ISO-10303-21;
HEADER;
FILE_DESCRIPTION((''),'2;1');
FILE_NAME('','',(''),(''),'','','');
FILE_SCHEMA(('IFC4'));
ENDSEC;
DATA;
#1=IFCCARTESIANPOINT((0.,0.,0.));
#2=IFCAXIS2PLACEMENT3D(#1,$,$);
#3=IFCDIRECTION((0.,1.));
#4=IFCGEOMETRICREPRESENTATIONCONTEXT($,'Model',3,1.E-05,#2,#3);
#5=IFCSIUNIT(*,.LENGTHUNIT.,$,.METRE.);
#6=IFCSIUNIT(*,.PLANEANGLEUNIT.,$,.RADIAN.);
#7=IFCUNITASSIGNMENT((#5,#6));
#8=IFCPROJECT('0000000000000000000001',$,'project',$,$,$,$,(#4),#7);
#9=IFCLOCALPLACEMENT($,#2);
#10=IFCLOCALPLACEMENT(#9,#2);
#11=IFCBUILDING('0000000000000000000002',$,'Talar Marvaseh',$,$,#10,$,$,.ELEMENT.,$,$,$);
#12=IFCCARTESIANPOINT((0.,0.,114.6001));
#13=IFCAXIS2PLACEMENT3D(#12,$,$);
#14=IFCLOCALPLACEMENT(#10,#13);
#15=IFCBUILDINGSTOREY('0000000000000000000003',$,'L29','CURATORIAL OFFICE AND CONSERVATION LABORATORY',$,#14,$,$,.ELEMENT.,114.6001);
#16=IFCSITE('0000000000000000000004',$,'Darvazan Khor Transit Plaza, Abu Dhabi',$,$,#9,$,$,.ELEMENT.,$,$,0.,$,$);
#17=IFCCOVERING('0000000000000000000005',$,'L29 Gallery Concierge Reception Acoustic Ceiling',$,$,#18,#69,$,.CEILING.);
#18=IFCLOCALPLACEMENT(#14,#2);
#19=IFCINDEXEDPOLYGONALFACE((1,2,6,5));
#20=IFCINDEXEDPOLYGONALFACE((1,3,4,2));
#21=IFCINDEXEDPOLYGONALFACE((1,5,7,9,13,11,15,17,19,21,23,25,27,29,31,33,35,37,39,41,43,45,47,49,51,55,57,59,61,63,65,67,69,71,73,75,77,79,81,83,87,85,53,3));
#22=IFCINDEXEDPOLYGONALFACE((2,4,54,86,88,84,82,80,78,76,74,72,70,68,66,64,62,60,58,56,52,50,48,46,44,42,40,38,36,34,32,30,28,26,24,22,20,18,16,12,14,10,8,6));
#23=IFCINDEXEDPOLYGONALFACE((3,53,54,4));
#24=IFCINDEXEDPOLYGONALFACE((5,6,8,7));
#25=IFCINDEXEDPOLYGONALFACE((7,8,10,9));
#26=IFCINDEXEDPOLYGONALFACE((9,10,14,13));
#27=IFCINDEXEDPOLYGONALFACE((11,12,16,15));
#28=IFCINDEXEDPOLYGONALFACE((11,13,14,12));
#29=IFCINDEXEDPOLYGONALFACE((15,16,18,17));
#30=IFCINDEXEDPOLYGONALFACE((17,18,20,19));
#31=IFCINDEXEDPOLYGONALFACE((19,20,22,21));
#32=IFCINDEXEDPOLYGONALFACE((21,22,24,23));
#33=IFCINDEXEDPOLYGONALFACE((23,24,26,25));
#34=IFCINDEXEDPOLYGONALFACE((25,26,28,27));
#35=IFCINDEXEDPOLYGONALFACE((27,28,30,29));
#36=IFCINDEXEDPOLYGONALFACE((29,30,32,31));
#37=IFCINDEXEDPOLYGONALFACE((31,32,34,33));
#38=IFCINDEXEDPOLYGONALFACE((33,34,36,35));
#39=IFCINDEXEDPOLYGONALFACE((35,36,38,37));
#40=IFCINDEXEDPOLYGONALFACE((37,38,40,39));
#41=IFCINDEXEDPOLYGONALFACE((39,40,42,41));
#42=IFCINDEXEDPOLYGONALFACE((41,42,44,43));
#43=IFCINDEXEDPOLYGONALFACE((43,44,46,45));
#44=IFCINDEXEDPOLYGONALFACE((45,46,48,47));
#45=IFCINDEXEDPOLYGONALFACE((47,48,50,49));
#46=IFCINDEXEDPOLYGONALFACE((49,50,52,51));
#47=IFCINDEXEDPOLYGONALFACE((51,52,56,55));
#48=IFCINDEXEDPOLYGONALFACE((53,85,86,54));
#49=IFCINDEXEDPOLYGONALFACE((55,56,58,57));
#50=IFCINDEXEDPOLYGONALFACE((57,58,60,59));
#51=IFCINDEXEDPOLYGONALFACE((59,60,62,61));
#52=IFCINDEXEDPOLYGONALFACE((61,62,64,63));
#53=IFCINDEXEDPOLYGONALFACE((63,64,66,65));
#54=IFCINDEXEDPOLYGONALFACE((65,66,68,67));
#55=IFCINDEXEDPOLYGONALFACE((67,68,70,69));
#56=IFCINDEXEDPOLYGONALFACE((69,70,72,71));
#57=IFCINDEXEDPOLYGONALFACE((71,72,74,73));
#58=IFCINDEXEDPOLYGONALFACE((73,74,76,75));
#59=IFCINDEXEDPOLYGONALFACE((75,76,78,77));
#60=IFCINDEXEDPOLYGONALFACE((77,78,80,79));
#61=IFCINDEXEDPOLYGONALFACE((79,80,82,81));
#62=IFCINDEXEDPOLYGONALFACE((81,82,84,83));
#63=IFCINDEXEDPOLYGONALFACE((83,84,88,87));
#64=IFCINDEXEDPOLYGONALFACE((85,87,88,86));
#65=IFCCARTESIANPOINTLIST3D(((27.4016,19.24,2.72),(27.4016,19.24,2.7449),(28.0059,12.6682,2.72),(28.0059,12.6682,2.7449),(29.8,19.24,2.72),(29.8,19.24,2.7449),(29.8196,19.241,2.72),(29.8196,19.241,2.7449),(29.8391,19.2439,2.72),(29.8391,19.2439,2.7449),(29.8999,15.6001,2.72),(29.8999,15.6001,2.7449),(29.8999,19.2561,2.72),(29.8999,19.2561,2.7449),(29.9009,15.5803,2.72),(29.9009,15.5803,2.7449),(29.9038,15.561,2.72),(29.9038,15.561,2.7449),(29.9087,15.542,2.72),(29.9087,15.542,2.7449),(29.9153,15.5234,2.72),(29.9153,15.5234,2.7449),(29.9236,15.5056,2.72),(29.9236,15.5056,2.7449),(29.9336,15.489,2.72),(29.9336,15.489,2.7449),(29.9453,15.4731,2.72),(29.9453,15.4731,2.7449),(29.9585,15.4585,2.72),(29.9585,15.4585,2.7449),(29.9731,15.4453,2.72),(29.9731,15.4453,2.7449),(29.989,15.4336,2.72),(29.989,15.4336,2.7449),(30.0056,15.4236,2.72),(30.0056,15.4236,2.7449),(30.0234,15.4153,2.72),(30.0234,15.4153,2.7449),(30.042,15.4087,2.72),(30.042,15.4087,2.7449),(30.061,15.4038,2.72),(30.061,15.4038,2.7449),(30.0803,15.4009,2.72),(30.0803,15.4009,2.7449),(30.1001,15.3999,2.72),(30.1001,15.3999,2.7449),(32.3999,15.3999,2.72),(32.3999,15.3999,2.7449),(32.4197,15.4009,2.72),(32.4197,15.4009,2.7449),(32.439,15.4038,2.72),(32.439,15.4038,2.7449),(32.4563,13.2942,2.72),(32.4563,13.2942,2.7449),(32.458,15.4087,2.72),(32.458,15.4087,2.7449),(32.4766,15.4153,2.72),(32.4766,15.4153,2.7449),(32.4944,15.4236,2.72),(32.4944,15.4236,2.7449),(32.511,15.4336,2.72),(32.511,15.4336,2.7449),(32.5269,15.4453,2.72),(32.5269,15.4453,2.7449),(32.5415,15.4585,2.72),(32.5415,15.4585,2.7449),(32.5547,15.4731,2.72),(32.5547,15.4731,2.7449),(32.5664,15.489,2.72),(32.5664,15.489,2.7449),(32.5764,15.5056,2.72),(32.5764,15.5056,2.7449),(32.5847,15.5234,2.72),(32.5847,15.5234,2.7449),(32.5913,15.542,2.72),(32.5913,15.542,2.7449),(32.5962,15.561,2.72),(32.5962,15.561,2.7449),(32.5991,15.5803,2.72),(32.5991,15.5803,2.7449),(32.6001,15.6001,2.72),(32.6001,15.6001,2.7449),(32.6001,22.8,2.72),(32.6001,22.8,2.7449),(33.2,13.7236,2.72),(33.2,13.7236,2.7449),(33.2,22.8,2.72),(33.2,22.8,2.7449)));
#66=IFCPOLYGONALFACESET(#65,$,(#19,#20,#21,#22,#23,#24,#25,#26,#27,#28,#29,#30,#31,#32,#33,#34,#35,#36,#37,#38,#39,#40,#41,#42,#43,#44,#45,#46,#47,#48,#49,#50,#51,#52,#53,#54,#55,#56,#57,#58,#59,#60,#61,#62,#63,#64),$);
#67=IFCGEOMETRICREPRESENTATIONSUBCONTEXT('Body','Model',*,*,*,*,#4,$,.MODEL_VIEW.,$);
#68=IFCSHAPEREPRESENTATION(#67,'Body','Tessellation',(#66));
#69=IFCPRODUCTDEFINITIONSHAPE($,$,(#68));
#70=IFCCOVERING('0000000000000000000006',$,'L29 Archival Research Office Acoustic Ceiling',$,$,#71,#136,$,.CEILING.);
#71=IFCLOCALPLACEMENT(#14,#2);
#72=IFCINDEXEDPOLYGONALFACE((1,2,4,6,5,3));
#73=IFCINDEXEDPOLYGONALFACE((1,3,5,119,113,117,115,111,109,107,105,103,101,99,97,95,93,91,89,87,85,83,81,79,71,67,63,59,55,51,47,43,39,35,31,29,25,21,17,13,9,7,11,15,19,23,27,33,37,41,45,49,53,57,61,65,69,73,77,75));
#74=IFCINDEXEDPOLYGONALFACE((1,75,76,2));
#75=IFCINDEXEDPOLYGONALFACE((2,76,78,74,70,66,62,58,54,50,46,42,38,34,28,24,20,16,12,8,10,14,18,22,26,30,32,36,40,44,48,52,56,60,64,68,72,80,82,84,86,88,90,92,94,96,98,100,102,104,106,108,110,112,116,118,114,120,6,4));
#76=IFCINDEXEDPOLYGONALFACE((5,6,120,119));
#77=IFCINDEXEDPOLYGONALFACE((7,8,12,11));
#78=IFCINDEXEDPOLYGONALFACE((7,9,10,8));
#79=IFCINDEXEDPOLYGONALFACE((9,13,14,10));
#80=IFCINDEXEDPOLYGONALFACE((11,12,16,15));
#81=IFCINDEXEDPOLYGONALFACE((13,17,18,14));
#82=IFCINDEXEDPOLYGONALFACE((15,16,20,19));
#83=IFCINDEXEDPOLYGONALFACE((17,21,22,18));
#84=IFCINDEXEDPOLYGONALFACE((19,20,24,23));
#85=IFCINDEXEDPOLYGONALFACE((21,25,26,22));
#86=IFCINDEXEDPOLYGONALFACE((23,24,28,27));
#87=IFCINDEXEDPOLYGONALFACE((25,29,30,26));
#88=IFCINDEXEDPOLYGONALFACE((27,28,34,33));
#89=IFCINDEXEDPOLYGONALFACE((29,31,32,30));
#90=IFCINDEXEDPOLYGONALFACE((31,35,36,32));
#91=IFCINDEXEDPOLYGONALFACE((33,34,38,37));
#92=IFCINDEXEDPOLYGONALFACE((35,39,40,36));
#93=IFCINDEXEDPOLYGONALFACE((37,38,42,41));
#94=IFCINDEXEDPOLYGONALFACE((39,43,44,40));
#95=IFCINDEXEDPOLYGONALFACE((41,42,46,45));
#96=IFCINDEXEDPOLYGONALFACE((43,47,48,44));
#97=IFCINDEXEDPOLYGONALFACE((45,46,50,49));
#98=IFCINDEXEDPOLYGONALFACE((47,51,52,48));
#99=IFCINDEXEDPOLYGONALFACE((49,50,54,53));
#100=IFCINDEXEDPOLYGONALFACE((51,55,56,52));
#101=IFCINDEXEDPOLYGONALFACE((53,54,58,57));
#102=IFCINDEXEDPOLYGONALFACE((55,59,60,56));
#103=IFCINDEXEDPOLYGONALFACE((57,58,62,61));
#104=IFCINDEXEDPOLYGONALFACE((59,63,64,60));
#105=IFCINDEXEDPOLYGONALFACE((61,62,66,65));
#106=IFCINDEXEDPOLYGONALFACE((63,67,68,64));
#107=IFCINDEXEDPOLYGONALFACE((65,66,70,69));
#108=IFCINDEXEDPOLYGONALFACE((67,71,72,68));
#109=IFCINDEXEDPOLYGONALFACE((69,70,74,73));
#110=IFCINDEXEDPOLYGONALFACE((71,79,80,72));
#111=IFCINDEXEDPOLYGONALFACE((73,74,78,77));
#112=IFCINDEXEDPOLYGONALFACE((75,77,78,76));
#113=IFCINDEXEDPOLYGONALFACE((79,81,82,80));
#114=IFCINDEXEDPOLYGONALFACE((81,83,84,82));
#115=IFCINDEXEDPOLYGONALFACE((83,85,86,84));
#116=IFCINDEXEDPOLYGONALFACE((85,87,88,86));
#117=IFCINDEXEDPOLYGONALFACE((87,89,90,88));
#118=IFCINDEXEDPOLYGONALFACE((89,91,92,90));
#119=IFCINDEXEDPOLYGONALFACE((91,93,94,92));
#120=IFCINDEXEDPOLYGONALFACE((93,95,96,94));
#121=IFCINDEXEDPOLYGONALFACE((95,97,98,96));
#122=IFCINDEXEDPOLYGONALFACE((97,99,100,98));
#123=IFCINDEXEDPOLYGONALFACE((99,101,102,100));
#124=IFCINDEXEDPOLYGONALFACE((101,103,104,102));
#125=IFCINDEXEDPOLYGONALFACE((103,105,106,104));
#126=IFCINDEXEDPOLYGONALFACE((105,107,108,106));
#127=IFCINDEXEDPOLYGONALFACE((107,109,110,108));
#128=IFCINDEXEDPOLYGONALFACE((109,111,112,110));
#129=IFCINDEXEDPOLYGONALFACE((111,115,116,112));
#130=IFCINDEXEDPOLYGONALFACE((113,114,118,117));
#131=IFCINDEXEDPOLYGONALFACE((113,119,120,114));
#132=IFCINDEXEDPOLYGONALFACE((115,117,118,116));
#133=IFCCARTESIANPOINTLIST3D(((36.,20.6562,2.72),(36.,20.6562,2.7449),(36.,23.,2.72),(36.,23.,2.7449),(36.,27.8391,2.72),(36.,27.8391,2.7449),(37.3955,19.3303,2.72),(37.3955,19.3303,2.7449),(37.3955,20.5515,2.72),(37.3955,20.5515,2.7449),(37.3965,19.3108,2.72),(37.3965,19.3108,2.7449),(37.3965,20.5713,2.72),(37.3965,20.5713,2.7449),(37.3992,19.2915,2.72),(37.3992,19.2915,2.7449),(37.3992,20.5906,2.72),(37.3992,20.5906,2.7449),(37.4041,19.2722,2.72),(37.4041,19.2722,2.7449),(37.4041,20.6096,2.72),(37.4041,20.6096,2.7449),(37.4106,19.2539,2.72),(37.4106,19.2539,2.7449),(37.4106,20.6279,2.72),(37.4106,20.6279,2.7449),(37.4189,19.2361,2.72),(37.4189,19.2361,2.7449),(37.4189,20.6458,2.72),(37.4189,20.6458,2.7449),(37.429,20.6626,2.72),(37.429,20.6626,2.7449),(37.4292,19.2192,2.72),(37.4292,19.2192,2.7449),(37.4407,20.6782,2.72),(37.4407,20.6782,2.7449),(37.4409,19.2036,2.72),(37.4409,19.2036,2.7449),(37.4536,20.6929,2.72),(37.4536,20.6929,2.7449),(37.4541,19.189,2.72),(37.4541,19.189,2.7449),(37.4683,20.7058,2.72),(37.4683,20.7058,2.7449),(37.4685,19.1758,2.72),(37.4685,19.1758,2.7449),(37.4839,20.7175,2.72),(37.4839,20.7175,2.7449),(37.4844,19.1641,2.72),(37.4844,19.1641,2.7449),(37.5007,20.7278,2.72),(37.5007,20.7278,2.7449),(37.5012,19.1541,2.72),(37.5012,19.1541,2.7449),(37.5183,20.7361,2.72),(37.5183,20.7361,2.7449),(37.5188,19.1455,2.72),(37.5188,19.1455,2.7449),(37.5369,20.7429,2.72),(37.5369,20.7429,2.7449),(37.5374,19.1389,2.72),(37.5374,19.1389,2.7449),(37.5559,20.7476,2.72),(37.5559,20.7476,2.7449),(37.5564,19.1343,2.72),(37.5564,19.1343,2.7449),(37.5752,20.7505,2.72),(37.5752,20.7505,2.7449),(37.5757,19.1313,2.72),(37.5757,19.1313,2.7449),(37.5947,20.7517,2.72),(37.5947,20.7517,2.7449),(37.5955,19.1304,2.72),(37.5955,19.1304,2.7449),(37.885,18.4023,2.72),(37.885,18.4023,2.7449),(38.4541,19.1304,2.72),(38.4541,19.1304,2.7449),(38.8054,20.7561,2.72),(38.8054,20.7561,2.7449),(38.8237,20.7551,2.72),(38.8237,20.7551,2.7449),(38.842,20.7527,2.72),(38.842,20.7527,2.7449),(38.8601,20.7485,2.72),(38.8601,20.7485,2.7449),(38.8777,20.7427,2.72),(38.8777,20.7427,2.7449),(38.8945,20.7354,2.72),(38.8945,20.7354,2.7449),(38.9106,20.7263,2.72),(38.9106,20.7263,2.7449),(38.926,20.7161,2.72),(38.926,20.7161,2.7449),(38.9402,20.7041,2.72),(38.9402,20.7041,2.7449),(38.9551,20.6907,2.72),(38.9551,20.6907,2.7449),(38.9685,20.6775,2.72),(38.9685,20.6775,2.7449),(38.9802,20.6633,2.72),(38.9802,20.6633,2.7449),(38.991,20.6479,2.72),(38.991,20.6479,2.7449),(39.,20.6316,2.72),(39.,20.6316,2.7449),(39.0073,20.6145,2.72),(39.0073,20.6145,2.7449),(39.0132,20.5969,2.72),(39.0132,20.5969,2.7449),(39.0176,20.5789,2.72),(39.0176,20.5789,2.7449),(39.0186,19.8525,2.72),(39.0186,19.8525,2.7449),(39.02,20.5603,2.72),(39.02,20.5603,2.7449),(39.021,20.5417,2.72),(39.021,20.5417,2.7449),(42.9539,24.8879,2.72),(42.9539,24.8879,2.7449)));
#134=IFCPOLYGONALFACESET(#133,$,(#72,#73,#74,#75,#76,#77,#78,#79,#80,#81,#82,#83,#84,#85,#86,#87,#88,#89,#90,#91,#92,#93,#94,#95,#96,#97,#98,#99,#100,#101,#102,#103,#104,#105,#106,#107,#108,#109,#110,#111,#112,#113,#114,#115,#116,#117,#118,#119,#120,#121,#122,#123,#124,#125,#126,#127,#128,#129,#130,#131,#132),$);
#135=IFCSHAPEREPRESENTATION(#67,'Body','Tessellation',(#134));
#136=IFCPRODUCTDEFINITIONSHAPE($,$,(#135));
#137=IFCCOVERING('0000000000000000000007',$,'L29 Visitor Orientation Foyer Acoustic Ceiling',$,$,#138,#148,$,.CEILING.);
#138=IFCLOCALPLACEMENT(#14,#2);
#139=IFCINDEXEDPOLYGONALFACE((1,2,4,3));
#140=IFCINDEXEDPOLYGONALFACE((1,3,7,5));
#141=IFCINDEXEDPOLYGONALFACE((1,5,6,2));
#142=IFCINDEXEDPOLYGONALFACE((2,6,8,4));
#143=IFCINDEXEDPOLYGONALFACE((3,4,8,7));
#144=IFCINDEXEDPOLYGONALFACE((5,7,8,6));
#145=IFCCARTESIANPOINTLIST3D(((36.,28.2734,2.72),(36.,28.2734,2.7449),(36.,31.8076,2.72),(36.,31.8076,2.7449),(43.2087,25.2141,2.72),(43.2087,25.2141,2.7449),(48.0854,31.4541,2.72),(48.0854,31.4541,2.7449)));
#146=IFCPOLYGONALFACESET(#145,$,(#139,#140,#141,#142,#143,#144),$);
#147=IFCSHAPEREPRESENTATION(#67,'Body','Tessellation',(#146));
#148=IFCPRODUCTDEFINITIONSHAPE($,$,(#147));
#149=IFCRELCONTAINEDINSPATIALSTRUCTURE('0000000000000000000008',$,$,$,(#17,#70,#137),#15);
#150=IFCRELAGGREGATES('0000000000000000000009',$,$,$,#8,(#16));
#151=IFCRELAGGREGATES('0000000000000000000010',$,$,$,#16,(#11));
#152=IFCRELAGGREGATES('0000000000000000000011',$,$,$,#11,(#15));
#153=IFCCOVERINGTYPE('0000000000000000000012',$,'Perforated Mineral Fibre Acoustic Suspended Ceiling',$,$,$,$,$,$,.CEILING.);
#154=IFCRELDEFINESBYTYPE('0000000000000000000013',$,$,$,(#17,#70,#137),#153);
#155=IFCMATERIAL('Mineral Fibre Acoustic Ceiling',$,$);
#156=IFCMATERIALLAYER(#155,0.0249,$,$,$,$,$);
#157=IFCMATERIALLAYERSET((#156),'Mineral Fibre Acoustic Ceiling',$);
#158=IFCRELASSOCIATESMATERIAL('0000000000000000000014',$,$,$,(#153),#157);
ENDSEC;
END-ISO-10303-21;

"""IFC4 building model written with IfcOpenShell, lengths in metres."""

from ifc_helpers import new_model, si_unit, direction, frame, origin, place, context, subcontext, project, spatial, polyline, outline, extrude, material, layer, layer_set, type_object, element, save


model = new_model("IFC4")

# Units and contexts
model_context = context("Model", 3, precision=1e-05, world=origin(), true_north=direction((0.0, 1.0)))
body_context = subcontext(model_context, "Body", "Model", "MODEL_VIEW")
ifc_project = project(units=[si_unit("LENGTHUNIT", "METRE"), si_unit("PLANEANGLEUNIT", "RADIAN")], contexts=[model_context])

# Site, building, storey
site_placement = place(None, origin())
site = spatial("IfcSite", under=ifc_project, at=site_placement, Name="Darvazan Khor Transit Plaza, Abu Dhabi", CompositionType="ELEMENT", RefElevation=0.0)
building_placement = place(site_placement, origin())
building = spatial("IfcBuilding", under=site, at=building_placement, Name="Talar Marvaseh", CompositionType="ELEMENT")
storey_placement = place(building_placement, frame((0.0, 0.0, 114.6001)))
storey = spatial("IfcBuildingStorey", under=building, at=storey_placement, Name="L29", Description="CURATORIAL OFFICE AND CONSERVATION LABORATORY", CompositionType="ELEMENT", Elevation=114.6001)

# Coverings
ifc_material_1 = material(Name="Mineral Fibre Acoustic Ceiling")
ifc_layer_1 = layer(ifc_material_1, 0.0249)
ifc_layer_set_1 = layer_set([ifc_layer_1], Name="Mineral Fibre Acoustic Ceiling")
covering_type_1 = type_object("IfcCoveringType", Name="Perforated Mineral Fibre Acoustic Suspended Ceiling", PredefinedType="CEILING", material=ifc_layer_set_1)
covering_1_placement = place(storey_placement, frame((0.0, 0.0, 2.72)))
element("IfcCovering", 1, at=covering_1_placement, inside=storey, type_object=covering_type_1, Name="L29 Gallery Concierge Reception Acoustic Ceiling", PredefinedType="CEILING", context=body_context, shape_type="SweptSolid", body=[
    extrude(outline(polyline([(29.9009, 15.5803), (29.9038, 15.561), (29.9087, 15.542), (29.9153, 15.5234), (29.9236, 15.5056), (29.9336, 15.489), (29.9453, 15.4731), (29.9585, 15.4585), (29.9731, 15.4453), (29.989, 15.4336), (30.0056, 15.4236), (30.0234, 15.4153), (30.042, 15.4087), (30.061, 15.4038), (30.0803, 15.4009), (30.1001, 15.3999), (32.3999, 15.3999), (32.4197, 15.4009), (32.439, 15.4038), (32.458, 15.4087), (32.4766, 15.4153), (32.4944, 15.4236), (32.511, 15.4336), (32.5269, 15.4453), (32.5415, 15.4585), (32.5547, 15.4731), (32.5664, 15.489), (32.5764, 15.5056), (32.5847, 15.5234), (32.5913, 15.542), (32.5962, 15.561), (32.5991, 15.5803), (32.6001, 15.6001), (32.6001, 22.8), (33.2, 22.8), (33.2, 13.7236), (32.4563, 13.2942), (28.0059, 12.6682), (27.4016, 19.24), (29.8, 19.24), (29.8196, 19.241), (29.8391, 19.2439), (29.8999, 19.2561), (29.8999, 15.6001), (29.9009, 15.5803)])), origin(), (0.0, 0.0, 1.0), 0.0249),
])
covering_2_placement = place(storey_placement, frame((0.0, 0.0, 2.72)))
element("IfcCovering", 2, at=covering_2_placement, inside=storey, type_object=covering_type_1, Name="L29 Archival Research Office Acoustic Ceiling", PredefinedType="CEILING", context=body_context, shape_type="SweptSolid", body=[
    extrude(outline(polyline([(42.9539, 24.8879), (39.0186, 19.8525), (39.021, 20.5417), (39.02, 20.5603), (39.0176, 20.5789), (39.0132, 20.5969), (39.0073, 20.6145), (39.0, 20.6316), (38.991, 20.6479), (38.9802, 20.6633), (38.9685, 20.6775), (38.9551, 20.6907), (38.9402, 20.7041), (38.926, 20.7161), (38.9106, 20.7263), (38.8945, 20.7354), (38.8777, 20.7427), (38.8601, 20.7485), (38.842, 20.7527), (38.8237, 20.7551), (38.8054, 20.7561), (37.5947, 20.7517), (37.5752, 20.7505), (37.5559, 20.7476), (37.5369, 20.7429), (37.5183, 20.7361), (37.5007, 20.7278), (37.4839, 20.7175), (37.4683, 20.7058), (37.4536, 20.6929), (37.4407, 20.6782), (37.429, 20.6626), (37.4189, 20.6458), (37.4106, 20.6279), (37.4041, 20.6096), (37.3992, 20.5906), (37.3965, 20.5713), (37.3955, 20.5515), (37.3955, 19.3303), (37.3965, 19.3108), (37.3992, 19.2915), (37.4041, 19.2722), (37.4106, 19.2539), (37.4189, 19.2361), (37.4292, 19.2192), (37.4409, 19.2036), (37.4541, 19.189), (37.4685, 19.1758), (37.4844, 19.1641), (37.5012, 19.1541), (37.5188, 19.1455), (37.5374, 19.1389), (37.5564, 19.1343), (37.5757, 19.1313), (37.5955, 19.1304), (38.4541, 19.1304), (37.885, 18.4023), (36.0, 20.6562), (36.0, 23.0), (36.0, 27.8391), (42.9539, 24.8879)])), origin(), (0.0, 0.0, 1.0), 0.0249),
])
covering_3_placement = place(storey_placement, frame((0.0, 0.0, 2.72)))
element("IfcCovering", 3, at=covering_3_placement, inside=storey, type_object=covering_type_1, Name="L29 Visitor Orientation Foyer Acoustic Ceiling", PredefinedType="CEILING", context=body_context, shape_type="SweptSolid", body=[
    extrude(outline(polyline([(36.0, 31.8076), (48.0854, 31.4541), (43.2087, 25.2141), (36.0, 28.2734), (36.0, 31.8076)])), origin(), (0.0, 0.0, 1.0), 0.0249),
])

save(model, "model.ifc")
